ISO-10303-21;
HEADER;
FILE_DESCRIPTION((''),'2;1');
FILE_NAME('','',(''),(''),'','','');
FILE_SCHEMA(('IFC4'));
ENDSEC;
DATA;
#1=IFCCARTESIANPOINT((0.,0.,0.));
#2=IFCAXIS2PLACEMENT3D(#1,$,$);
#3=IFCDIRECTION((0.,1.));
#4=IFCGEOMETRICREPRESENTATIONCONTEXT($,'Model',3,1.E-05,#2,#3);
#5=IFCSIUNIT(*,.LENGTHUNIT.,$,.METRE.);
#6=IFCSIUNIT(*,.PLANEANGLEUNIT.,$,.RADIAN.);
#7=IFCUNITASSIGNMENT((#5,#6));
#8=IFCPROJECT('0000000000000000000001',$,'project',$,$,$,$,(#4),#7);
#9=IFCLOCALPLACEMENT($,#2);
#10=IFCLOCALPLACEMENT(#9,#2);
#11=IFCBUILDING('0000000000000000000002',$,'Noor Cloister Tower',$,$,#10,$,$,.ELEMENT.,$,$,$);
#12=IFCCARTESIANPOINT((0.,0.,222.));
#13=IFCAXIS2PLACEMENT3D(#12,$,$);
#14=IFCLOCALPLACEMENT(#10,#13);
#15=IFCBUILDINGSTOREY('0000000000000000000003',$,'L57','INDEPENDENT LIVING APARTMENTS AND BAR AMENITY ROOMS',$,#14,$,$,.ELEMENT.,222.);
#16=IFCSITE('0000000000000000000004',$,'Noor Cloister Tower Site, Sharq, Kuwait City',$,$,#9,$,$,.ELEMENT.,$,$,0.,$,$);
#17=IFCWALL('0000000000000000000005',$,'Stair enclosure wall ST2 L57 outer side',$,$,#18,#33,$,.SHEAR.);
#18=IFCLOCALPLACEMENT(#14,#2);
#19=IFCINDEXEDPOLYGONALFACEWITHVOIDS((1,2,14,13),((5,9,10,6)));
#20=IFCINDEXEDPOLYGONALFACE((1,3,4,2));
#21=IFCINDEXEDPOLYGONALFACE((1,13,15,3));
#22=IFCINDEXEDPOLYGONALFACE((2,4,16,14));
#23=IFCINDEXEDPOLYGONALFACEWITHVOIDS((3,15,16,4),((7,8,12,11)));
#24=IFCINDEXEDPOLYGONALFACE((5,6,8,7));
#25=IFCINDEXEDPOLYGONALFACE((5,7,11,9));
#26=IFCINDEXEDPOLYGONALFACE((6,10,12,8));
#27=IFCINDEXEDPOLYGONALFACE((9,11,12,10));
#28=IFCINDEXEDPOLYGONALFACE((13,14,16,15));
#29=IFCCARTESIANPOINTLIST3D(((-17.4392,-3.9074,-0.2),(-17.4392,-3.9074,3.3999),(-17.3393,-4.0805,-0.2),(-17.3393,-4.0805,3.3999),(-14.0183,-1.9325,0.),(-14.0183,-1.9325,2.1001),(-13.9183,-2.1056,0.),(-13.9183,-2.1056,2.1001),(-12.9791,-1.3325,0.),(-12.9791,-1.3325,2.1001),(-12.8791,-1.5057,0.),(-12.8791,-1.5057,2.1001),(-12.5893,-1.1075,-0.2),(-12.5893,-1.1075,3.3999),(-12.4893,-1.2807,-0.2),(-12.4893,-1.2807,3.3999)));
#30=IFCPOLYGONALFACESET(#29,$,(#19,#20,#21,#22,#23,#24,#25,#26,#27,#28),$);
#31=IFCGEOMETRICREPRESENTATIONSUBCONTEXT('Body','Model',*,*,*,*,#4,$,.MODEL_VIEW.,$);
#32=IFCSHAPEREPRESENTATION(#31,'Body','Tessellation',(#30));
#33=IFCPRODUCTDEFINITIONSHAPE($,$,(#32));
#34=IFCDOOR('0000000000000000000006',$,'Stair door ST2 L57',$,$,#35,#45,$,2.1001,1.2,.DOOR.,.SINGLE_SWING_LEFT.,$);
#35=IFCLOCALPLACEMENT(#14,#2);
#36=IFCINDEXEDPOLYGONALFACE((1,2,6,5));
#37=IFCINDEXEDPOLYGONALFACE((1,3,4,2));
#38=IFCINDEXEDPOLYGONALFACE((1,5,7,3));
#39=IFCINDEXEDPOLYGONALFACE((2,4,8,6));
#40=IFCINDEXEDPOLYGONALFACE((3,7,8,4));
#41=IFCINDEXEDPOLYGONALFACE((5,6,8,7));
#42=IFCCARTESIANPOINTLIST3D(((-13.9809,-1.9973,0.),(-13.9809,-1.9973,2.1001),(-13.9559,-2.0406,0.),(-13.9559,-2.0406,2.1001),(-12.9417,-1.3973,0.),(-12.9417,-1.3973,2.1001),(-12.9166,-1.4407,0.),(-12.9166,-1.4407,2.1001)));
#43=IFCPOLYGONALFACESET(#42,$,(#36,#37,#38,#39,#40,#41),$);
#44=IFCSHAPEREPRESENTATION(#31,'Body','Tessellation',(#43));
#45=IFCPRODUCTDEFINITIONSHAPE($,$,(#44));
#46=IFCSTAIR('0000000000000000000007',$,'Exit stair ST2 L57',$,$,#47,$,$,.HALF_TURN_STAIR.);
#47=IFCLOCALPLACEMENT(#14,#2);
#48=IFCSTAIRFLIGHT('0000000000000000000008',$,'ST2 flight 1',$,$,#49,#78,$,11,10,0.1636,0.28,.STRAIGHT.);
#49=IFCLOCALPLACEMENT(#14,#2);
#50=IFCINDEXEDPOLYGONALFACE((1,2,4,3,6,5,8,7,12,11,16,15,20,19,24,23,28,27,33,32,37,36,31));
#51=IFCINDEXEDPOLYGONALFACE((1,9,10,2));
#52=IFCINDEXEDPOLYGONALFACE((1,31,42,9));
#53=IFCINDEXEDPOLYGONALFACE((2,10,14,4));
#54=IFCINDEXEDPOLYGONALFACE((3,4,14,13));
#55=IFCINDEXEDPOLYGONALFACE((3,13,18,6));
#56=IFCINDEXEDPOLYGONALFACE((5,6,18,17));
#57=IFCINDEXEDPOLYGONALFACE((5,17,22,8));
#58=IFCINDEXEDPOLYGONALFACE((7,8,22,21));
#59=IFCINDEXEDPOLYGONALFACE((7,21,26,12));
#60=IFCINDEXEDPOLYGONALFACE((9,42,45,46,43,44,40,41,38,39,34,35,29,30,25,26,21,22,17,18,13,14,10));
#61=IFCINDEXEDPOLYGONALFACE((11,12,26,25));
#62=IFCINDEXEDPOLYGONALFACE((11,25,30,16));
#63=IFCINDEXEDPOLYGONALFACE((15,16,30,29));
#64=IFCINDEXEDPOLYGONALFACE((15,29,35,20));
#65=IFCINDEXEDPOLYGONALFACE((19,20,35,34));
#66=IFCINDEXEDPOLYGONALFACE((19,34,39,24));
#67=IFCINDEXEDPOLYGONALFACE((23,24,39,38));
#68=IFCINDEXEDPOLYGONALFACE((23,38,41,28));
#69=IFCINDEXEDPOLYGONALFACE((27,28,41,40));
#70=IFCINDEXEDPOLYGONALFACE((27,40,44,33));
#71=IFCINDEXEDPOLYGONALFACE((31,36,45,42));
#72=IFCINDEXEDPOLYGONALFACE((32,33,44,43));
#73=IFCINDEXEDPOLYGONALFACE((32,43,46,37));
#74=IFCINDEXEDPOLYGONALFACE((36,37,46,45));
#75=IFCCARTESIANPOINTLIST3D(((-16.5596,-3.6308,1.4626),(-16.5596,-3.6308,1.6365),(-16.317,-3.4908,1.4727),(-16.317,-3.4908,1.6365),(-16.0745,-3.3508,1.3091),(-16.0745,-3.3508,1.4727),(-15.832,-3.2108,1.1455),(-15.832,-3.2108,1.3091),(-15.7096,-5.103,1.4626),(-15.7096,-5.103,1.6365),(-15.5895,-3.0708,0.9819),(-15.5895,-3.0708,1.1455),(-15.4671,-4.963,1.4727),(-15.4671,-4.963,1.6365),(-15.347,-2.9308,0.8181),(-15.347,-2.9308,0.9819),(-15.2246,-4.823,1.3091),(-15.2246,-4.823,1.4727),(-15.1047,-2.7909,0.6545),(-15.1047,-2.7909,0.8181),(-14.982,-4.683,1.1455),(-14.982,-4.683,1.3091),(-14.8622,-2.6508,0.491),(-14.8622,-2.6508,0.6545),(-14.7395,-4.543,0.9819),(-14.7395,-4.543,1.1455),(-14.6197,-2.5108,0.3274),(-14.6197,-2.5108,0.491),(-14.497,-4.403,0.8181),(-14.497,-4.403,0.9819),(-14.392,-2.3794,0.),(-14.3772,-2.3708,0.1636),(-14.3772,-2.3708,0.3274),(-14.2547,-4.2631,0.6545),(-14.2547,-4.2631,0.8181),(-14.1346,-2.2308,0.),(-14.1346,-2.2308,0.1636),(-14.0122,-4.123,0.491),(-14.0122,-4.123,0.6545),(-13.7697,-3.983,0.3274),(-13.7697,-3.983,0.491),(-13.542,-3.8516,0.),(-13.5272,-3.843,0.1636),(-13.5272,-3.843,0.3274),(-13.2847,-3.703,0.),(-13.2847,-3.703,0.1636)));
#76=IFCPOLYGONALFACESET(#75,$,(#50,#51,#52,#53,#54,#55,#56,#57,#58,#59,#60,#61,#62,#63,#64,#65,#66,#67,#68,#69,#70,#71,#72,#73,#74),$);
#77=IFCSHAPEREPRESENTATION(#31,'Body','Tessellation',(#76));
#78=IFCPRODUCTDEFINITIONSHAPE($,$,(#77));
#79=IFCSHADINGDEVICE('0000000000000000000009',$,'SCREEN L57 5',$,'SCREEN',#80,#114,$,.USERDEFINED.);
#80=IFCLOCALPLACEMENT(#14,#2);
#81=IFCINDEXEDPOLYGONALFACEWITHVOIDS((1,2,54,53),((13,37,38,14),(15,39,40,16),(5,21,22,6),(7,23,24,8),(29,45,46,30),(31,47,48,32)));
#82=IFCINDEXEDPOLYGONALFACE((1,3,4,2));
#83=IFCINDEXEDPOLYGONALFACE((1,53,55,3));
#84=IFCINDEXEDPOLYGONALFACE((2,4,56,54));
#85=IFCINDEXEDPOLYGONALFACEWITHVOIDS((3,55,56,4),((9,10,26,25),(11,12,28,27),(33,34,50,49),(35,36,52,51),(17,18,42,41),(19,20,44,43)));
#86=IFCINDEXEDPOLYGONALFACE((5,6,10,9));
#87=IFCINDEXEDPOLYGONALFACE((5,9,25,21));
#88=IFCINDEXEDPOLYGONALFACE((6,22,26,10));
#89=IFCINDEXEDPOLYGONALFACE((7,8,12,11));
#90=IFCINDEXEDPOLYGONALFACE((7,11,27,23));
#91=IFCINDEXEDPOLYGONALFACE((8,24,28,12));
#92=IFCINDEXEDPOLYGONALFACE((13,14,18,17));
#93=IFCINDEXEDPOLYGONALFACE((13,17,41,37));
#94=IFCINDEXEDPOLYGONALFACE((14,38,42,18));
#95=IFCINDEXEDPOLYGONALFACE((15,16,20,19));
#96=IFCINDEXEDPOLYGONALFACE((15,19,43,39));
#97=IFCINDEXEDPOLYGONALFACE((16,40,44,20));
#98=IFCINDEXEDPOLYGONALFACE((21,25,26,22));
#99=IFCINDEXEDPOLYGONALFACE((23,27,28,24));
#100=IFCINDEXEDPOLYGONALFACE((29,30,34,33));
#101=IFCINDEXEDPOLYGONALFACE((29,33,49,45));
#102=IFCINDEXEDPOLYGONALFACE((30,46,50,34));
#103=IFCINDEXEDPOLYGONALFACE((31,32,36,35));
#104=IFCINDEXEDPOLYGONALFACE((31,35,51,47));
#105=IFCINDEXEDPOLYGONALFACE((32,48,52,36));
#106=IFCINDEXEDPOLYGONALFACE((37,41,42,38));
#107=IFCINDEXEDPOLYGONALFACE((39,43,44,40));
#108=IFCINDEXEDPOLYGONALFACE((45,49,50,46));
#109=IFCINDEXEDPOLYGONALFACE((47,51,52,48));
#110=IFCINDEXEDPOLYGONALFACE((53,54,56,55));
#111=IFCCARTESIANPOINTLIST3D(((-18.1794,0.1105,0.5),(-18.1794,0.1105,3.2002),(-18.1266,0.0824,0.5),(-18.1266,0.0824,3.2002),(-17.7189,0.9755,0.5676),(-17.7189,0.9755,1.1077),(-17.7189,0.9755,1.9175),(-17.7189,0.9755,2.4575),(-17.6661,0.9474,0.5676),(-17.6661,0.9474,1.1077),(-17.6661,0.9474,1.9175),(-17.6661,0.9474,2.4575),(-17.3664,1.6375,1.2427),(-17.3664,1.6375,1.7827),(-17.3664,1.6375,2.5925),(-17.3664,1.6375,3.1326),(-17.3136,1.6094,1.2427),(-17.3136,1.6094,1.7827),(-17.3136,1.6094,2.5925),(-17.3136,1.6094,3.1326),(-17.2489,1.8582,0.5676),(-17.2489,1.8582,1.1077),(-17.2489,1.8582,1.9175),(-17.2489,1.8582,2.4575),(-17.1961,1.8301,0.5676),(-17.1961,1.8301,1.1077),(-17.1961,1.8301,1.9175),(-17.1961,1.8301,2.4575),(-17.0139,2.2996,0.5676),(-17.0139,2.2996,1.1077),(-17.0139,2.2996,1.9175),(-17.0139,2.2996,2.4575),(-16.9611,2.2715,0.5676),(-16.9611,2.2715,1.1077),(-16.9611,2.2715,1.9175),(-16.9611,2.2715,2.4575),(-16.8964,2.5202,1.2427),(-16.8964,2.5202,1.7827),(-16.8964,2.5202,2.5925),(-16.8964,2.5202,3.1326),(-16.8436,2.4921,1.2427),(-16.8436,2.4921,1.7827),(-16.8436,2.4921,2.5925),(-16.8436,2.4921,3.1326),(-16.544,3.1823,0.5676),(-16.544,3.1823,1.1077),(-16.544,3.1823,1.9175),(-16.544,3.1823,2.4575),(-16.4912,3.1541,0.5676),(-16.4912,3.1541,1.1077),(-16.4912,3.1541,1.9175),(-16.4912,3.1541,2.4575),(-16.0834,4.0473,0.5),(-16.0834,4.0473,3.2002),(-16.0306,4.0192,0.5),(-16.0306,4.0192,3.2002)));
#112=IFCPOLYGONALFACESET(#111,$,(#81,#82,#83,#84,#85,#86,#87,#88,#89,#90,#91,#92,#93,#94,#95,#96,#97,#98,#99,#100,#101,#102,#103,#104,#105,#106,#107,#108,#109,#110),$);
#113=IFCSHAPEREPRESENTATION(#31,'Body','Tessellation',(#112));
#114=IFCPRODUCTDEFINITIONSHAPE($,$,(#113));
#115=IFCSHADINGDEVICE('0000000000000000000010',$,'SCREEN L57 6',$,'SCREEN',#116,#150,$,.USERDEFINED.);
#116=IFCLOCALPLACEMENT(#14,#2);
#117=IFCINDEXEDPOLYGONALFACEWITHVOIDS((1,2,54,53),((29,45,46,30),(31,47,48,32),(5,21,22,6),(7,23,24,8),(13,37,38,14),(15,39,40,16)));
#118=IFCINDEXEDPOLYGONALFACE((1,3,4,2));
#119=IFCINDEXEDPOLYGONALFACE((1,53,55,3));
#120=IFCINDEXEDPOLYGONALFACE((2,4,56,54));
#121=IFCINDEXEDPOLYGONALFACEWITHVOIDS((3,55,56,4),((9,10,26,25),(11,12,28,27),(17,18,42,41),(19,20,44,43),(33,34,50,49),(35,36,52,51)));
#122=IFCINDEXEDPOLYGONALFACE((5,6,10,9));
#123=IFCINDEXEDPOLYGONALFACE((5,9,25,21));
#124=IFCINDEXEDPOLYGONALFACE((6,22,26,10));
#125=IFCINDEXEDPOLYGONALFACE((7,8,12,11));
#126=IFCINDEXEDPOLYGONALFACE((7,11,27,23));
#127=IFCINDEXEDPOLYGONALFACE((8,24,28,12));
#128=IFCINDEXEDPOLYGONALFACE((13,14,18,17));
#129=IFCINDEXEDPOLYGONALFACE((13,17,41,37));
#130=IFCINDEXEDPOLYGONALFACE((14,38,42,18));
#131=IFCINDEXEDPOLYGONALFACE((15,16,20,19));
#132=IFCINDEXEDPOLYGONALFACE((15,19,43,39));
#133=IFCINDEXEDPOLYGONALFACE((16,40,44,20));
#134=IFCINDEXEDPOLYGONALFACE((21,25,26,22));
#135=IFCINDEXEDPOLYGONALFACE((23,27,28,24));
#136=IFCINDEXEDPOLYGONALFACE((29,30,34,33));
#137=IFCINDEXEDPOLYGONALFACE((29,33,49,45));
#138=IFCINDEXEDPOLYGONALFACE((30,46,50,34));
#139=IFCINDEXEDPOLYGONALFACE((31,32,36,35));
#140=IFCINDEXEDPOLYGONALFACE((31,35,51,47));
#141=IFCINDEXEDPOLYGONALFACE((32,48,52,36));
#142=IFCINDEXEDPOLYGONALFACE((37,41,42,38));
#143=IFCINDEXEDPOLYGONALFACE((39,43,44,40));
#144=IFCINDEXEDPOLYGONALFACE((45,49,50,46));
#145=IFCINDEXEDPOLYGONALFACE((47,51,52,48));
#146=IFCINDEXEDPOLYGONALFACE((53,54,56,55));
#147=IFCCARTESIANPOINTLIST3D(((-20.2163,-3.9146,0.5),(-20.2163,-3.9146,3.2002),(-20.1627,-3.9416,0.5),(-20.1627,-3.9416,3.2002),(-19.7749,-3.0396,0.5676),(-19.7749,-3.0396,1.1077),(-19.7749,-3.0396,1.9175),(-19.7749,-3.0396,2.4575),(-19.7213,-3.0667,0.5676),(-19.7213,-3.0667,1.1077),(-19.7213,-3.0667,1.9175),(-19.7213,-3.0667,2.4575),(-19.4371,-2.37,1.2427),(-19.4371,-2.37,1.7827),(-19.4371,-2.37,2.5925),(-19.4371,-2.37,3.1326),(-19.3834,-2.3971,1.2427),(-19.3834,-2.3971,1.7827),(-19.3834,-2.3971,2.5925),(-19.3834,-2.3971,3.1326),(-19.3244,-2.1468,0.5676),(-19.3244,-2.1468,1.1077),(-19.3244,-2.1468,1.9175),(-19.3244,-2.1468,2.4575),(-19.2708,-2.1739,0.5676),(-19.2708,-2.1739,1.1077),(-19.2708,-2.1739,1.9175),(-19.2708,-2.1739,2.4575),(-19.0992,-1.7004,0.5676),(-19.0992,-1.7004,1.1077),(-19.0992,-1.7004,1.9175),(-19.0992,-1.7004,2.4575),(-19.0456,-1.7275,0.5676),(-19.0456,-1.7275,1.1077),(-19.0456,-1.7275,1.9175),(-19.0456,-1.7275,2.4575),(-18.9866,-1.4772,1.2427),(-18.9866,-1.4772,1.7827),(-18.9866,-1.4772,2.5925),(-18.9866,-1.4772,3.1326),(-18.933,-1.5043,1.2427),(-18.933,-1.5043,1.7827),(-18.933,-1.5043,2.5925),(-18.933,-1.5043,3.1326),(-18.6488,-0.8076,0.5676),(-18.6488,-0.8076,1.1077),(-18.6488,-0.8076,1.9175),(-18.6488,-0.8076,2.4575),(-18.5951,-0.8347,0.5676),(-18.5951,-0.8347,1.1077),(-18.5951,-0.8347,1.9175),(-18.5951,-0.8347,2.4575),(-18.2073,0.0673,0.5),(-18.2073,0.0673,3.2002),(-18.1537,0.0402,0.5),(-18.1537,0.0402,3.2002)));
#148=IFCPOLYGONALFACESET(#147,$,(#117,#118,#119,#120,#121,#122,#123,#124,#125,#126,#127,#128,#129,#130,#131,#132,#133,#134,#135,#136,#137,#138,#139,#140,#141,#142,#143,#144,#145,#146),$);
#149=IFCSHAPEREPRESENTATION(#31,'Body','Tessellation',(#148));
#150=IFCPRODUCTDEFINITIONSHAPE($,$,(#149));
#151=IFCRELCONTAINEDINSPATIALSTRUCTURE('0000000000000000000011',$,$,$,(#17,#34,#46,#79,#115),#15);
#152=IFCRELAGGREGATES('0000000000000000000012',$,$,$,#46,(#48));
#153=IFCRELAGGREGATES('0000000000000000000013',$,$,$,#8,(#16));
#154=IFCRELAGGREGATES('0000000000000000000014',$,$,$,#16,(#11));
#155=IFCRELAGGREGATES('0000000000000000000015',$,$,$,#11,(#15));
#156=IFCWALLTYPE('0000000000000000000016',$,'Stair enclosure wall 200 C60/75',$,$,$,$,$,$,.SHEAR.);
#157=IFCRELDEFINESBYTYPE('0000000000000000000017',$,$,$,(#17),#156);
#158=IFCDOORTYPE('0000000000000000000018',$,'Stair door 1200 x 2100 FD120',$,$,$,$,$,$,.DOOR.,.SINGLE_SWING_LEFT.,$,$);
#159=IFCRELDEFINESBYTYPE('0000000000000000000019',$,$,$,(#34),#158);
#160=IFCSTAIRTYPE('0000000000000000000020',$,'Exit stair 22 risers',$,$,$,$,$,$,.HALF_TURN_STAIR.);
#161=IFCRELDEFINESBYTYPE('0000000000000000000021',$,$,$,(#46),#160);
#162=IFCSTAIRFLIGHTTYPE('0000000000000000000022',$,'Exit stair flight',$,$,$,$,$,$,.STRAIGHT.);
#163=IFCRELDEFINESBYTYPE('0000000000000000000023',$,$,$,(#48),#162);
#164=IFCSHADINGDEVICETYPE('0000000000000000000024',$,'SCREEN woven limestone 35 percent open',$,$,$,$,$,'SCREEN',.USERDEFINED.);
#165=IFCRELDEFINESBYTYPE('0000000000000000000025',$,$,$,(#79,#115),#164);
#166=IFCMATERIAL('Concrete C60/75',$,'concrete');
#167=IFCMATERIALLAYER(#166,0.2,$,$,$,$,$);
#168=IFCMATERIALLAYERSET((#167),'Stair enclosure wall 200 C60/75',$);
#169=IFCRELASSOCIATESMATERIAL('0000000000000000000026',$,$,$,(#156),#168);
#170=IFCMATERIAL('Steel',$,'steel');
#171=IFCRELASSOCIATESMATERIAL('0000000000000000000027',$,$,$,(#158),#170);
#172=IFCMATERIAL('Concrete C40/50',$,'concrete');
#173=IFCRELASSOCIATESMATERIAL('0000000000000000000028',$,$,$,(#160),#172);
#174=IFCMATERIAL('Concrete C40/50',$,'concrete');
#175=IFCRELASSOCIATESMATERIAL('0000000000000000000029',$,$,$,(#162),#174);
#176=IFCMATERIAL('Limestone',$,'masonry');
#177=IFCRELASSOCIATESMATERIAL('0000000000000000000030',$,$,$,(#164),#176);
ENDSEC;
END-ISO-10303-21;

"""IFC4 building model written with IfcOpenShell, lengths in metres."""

from ifc_helpers import new_model, si_unit, direction, frame, frame_2d, origin, place, context, subcontext, project, spatial, polyline, rectangle, outline, extrude, material, layer, layer_set, material_profile, profile_set, type_object, element, fill, aggregate, save


model = new_model("IFC4")

# Units and contexts
model_context = context("Model", 3, precision=1e-05, world=origin(), true_north=direction((0.0, 1.0)))
body_context = subcontext(model_context, "Body", "Model", "MODEL_VIEW")
ifc_project = project(units=[si_unit("LENGTHUNIT", "METRE"), si_unit("PLANEANGLEUNIT", "RADIAN")], contexts=[model_context])

# Site, building, storey
site_placement = place(None, origin())
site = spatial("IfcSite", under=ifc_project, at=site_placement, Name="Noor Cloister Tower Site, Sharq, Kuwait City", CompositionType="ELEMENT", RefElevation=0.0)
building_placement = place(site_placement, origin())
building = spatial("IfcBuilding", under=site, at=building_placement, Name="Noor Cloister Tower", CompositionType="ELEMENT")
storey_placement = place(building_placement, frame((0.0, 0.0, 222.0)))
storey = spatial("IfcBuildingStorey", under=building, at=storey_placement, Name="L57", Description="INDEPENDENT LIVING APARTMENTS AND BAR AMENITY ROOMS", CompositionType="ELEMENT", Elevation=222.0)

# Wall, opening, door
ifc_material_1 = material(Name="Concrete C60/75", Category="concrete")
ifc_layer_1 = layer(ifc_material_1, 0.2)
ifc_layer_set_1 = layer_set([ifc_layer_1], Name="Stair enclosure wall 200 C60/75")
wall_type_1 = type_object("IfcWallType", Name="Stair enclosure wall 200 C60/75", PredefinedType="SHEAR", material=ifc_layer_set_1)
ifc_material_2 = material(Name="Steel", Category="steel")
door_type = type_object("IfcDoorType", Name="Stair door 1200 x 2100 FD120", OperationType="SINGLE_SWING_LEFT", PredefinedType="DOOR", material=ifc_material_2)
wall_1_placement = place(storey_placement, frame((-12.5393, -1.1941, -0.2), z_axis=(0.0, 0.0, 1.0), x_axis=(-0.866045, -0.499965, 0.0)))
wall_1 = element("IfcWall", 1, at=wall_1_placement, inside=storey, type_object=wall_type_1, Name="Stair enclosure wall ST2 L57 outer side", PredefinedType="SHEAR", context=body_context, shape_type="SweptSolid", body=[
    extrude(rectangle(XDim=5.6001, YDim=0.2, at=frame_2d((2.8, 0.0))), origin(), (0.0, 0.0, 1.0), 3.5999),
])
opening_1_placement = place(wall_1_placement, frame((0.45, 0.0, 0.2)))
opening_1 = element("IfcOpeningElement", 2, at=opening_1_placement, cuts=wall_1, PredefinedType="OPENING", context=body_context, shape_type="SweptSolid", body=[
    extrude(rectangle(XDim=1.2, YDim=2.1001, at=frame_2d((0.6001, 1.05))), frame((0.0, 0.1099, 0.0), z_axis=(0.0, -1.0, 0.0), x_axis=(1.0, 0.0, 0.0)), (0.0, 0.0, 1.0), 0.22),
])
door_1_placement = place(opening_1_placement, origin())
door_1 = element("IfcDoor", 3, at=door_1_placement, inside=storey, type_object=door_type, Name="Stair door ST2 L57", OperationType="SINGLE_SWING_LEFT", OverallHeight=2.1001, OverallWidth=1.2, PredefinedType="DOOR", context=body_context, shape_type="SweptSolid", body=[
    extrude(rectangle(XDim=1.2, YDim=2.1001, at=frame_2d((0.6001, 1.05))), frame((0.0, 0.0249, 0.0), z_axis=(0.0, -1.0, 0.0), x_axis=(1.0, 0.0, 0.0)), (0.0, 0.0, 1.0), 0.05),
])
fill(opening_1, door_1)

# Stair, stair flight
ifc_material_3 = material(Name="Concrete C40/50", Category="concrete")
stair_type = type_object("IfcStairType", Name="Exit stair 22 risers", PredefinedType="HALF_TURN_STAIR", material=ifc_material_3)
stair_placement = place(storey_placement, origin())
stair = element("IfcStair", 4, at=stair_placement, inside=storey, type_object=stair_type, Name="Exit stair ST2 L57", PredefinedType="HALF_TURN_STAIR")
ifc_material_4 = material(Name="Concrete C40/50", Category="concrete")
stair_flight_type = type_object("IfcStairFlightType", Name="Exit stair flight", PredefinedType="STRAIGHT", material=ifc_material_4)
stair_flight_placement = place(storey_placement, frame((-13.7097, -2.9668, 0.0), z_axis=(0.0, 0.0, 1.0), x_axis=(-0.866025, -0.5, 0.0)))
stair_flight = element("IfcStairFlight", 5, at=stair_flight_placement, type_object=stair_flight_type, Name="ST2 flight 1", NumberOfRisers=11, NumberOfTreads=10, PredefinedType="STRAIGHT", RiserHeight=0.1636, TreadLength=0.28, context=body_context, shape_type="SweptSolid", body=[
    extrude(outline(polyline([(0.0, 0.0), (0.0, 0.1636), (0.28, 0.1636), (0.28, 0.3274), (0.5601, 0.3274), (0.5601, 0.491), (0.8401, 0.491), (0.8401, 0.6545), (1.1201, 0.6545), (1.1201, 0.8181), (1.3999, 0.8181), (1.3999, 0.9819), (1.6799, 0.9819), (1.6799, 1.1455), (1.96, 1.1455), (1.96, 1.3091), (2.24, 1.3091), (2.24, 1.4727), (2.52, 1.4727), (2.52, 1.6365), (2.8, 1.6365), (2.8, 1.8), (2.8, 1.4626), (0.2971, 0.0), (0.0, 0.0)])), frame((0.0, 0.8501, 0.0), z_axis=(0.0, -1.0, 0.0), x_axis=(1.0, 0.0, 0.0)), (0.0, 0.0, 1.0), 1.7),
])
aggregate(stair, [stair_flight])

# Shading devices
ifc_material_5 = material(Name="Limestone", Category="masonry")
ifc_material_profile_1 = material_profile(ifc_material_5, outline(polyline([(-2.23, -1.3501), (2.23, -1.3501), (2.23, 1.3501), (-2.23, 1.3501), (-2.23, -1.3501)]), holes=[polyline([(-1.25, -1.2825), (-0.25, -1.2825), (-0.25, -0.7424), (-1.25, -0.7424), (-1.25, -1.2825)]), polyline([(0.25, -1.2825), (1.25, -1.2825), (1.25, -0.7424), (0.25, -0.7424), (0.25, -1.2825)]), polyline([(-0.5, -0.6074), (0.5, -0.6074), (0.5, -0.0674), (-0.5, -0.0674), (-0.5, -0.6074)]), polyline([(-1.25, 0.0674), (-0.25, 0.0674), (-0.25, 0.6074), (-1.25, 0.6074), (-1.25, 0.0674)]), polyline([(0.25, 0.0674), (1.25, 0.0674), (1.25, 0.6074), (0.25, 0.6074), (0.25, 0.0674)]), polyline([(-0.5, 0.7424), (0.5, 0.7424), (0.5, 1.2825), (-0.5, 1.2825), (-0.5, 0.7424)])]), Name="Woven screen 35 percent open")
ifc_profile_set_1 = profile_set([ifc_material_profile_1], Name="Limestone")
shading_device_type = type_object("IfcShadingDeviceType", Name="SCREEN woven limestone 35 percent open", ElementType="SCREEN", PredefinedType="USERDEFINED", material=ifc_profile_set_1)
shading_device_1_placement = place(storey_placement, frame((-17.0786, 2.0508, 1.8501), z_axis=(-0.882692, 0.469952, 0.0), x_axis=(-0.469952, -0.882692, 0.0)))
element("IfcShadingDevice", 6, at=shading_device_1_placement, inside=storey, type_object=shading_device_type, Name="SCREEN L57 5", ObjectType="SCREEN", PredefinedType="USERDEFINED", context=body_context, shape_type="SweptSolid", body=[
    extrude(outline(polyline([(-2.23, -1.3501), (2.23, -1.3501), (2.23, 1.3501), (-2.23, 1.3501), (-2.23, -1.3501)]), holes=[polyline([(-1.25, -1.2825), (-0.25, -1.2825), (-0.25, -0.7424), (-1.25, -0.7424), (-1.25, -1.2825)]), polyline([(0.25, -1.2825), (1.25, -1.2825), (1.25, -0.7424), (0.25, -0.7424), (0.25, -1.2825)]), polyline([(-0.5, -0.6074), (0.5, -0.6074), (0.5, -0.0674), (-0.5, -0.0674), (-0.5, -0.6074)]), polyline([(-1.25, 0.0674), (-0.25, 0.0674), (-0.25, 0.6074), (-1.25, 0.6074), (-1.25, 0.0674)]), polyline([(0.25, 0.0674), (1.25, 0.0674), (1.25, 0.6074), (0.25, 0.6074), (0.25, 0.0674)]), polyline([(-0.5, 0.7424), (0.5, 0.7424), (0.5, 1.2825), (-0.5, 1.2825), (-0.5, 0.7424)])]), origin(), (0.0, 0.0, 1.0), 0.0598),
])
shading_device_2_placement = place(storey_placement, frame((-19.1582, -1.9507, 1.8501), z_axis=(-0.892798, 0.450457, 0.0), x_axis=(-0.450457, -0.892798, 0.0)))
element("IfcShadingDevice", 7, at=shading_device_2_placement, inside=storey, type_object=shading_device_type, Name="SCREEN L57 6", ObjectType="SCREEN", PredefinedType="USERDEFINED", context=body_context, shape_type="SweptSolid", body=[
    extrude(outline(polyline([(-2.23, -1.3501), (2.23, -1.3501), (2.23, 1.3501), (-2.23, 1.3501), (-2.23, -1.3501)]), holes=[polyline([(-1.25, -1.2825), (-0.25, -1.2825), (-0.25, -0.7424), (-1.25, -0.7424), (-1.25, -1.2825)]), polyline([(0.25, -1.2825), (1.25, -1.2825), (1.25, -0.7424), (0.25, -0.7424), (0.25, -1.2825)]), polyline([(-0.5, -0.6074), (0.5, -0.6074), (0.5, -0.0674), (-0.5, -0.0674), (-0.5, -0.6074)]), polyline([(-1.25, 0.0674), (-0.25, 0.0674), (-0.25, 0.6074), (-1.25, 0.6074), (-1.25, 0.0674)]), polyline([(0.25, 0.0674), (1.25, 0.0674), (1.25, 0.6074), (0.25, 0.6074), (0.25, 0.0674)]), polyline([(-0.5, 0.7424), (0.5, 0.7424), (0.5, 1.2825), (-0.5, 1.2825), (-0.5, 0.7424)])]), origin(), (0.0, 0.0, 1.0), 0.0601),
])

save(model, "model.ifc")
